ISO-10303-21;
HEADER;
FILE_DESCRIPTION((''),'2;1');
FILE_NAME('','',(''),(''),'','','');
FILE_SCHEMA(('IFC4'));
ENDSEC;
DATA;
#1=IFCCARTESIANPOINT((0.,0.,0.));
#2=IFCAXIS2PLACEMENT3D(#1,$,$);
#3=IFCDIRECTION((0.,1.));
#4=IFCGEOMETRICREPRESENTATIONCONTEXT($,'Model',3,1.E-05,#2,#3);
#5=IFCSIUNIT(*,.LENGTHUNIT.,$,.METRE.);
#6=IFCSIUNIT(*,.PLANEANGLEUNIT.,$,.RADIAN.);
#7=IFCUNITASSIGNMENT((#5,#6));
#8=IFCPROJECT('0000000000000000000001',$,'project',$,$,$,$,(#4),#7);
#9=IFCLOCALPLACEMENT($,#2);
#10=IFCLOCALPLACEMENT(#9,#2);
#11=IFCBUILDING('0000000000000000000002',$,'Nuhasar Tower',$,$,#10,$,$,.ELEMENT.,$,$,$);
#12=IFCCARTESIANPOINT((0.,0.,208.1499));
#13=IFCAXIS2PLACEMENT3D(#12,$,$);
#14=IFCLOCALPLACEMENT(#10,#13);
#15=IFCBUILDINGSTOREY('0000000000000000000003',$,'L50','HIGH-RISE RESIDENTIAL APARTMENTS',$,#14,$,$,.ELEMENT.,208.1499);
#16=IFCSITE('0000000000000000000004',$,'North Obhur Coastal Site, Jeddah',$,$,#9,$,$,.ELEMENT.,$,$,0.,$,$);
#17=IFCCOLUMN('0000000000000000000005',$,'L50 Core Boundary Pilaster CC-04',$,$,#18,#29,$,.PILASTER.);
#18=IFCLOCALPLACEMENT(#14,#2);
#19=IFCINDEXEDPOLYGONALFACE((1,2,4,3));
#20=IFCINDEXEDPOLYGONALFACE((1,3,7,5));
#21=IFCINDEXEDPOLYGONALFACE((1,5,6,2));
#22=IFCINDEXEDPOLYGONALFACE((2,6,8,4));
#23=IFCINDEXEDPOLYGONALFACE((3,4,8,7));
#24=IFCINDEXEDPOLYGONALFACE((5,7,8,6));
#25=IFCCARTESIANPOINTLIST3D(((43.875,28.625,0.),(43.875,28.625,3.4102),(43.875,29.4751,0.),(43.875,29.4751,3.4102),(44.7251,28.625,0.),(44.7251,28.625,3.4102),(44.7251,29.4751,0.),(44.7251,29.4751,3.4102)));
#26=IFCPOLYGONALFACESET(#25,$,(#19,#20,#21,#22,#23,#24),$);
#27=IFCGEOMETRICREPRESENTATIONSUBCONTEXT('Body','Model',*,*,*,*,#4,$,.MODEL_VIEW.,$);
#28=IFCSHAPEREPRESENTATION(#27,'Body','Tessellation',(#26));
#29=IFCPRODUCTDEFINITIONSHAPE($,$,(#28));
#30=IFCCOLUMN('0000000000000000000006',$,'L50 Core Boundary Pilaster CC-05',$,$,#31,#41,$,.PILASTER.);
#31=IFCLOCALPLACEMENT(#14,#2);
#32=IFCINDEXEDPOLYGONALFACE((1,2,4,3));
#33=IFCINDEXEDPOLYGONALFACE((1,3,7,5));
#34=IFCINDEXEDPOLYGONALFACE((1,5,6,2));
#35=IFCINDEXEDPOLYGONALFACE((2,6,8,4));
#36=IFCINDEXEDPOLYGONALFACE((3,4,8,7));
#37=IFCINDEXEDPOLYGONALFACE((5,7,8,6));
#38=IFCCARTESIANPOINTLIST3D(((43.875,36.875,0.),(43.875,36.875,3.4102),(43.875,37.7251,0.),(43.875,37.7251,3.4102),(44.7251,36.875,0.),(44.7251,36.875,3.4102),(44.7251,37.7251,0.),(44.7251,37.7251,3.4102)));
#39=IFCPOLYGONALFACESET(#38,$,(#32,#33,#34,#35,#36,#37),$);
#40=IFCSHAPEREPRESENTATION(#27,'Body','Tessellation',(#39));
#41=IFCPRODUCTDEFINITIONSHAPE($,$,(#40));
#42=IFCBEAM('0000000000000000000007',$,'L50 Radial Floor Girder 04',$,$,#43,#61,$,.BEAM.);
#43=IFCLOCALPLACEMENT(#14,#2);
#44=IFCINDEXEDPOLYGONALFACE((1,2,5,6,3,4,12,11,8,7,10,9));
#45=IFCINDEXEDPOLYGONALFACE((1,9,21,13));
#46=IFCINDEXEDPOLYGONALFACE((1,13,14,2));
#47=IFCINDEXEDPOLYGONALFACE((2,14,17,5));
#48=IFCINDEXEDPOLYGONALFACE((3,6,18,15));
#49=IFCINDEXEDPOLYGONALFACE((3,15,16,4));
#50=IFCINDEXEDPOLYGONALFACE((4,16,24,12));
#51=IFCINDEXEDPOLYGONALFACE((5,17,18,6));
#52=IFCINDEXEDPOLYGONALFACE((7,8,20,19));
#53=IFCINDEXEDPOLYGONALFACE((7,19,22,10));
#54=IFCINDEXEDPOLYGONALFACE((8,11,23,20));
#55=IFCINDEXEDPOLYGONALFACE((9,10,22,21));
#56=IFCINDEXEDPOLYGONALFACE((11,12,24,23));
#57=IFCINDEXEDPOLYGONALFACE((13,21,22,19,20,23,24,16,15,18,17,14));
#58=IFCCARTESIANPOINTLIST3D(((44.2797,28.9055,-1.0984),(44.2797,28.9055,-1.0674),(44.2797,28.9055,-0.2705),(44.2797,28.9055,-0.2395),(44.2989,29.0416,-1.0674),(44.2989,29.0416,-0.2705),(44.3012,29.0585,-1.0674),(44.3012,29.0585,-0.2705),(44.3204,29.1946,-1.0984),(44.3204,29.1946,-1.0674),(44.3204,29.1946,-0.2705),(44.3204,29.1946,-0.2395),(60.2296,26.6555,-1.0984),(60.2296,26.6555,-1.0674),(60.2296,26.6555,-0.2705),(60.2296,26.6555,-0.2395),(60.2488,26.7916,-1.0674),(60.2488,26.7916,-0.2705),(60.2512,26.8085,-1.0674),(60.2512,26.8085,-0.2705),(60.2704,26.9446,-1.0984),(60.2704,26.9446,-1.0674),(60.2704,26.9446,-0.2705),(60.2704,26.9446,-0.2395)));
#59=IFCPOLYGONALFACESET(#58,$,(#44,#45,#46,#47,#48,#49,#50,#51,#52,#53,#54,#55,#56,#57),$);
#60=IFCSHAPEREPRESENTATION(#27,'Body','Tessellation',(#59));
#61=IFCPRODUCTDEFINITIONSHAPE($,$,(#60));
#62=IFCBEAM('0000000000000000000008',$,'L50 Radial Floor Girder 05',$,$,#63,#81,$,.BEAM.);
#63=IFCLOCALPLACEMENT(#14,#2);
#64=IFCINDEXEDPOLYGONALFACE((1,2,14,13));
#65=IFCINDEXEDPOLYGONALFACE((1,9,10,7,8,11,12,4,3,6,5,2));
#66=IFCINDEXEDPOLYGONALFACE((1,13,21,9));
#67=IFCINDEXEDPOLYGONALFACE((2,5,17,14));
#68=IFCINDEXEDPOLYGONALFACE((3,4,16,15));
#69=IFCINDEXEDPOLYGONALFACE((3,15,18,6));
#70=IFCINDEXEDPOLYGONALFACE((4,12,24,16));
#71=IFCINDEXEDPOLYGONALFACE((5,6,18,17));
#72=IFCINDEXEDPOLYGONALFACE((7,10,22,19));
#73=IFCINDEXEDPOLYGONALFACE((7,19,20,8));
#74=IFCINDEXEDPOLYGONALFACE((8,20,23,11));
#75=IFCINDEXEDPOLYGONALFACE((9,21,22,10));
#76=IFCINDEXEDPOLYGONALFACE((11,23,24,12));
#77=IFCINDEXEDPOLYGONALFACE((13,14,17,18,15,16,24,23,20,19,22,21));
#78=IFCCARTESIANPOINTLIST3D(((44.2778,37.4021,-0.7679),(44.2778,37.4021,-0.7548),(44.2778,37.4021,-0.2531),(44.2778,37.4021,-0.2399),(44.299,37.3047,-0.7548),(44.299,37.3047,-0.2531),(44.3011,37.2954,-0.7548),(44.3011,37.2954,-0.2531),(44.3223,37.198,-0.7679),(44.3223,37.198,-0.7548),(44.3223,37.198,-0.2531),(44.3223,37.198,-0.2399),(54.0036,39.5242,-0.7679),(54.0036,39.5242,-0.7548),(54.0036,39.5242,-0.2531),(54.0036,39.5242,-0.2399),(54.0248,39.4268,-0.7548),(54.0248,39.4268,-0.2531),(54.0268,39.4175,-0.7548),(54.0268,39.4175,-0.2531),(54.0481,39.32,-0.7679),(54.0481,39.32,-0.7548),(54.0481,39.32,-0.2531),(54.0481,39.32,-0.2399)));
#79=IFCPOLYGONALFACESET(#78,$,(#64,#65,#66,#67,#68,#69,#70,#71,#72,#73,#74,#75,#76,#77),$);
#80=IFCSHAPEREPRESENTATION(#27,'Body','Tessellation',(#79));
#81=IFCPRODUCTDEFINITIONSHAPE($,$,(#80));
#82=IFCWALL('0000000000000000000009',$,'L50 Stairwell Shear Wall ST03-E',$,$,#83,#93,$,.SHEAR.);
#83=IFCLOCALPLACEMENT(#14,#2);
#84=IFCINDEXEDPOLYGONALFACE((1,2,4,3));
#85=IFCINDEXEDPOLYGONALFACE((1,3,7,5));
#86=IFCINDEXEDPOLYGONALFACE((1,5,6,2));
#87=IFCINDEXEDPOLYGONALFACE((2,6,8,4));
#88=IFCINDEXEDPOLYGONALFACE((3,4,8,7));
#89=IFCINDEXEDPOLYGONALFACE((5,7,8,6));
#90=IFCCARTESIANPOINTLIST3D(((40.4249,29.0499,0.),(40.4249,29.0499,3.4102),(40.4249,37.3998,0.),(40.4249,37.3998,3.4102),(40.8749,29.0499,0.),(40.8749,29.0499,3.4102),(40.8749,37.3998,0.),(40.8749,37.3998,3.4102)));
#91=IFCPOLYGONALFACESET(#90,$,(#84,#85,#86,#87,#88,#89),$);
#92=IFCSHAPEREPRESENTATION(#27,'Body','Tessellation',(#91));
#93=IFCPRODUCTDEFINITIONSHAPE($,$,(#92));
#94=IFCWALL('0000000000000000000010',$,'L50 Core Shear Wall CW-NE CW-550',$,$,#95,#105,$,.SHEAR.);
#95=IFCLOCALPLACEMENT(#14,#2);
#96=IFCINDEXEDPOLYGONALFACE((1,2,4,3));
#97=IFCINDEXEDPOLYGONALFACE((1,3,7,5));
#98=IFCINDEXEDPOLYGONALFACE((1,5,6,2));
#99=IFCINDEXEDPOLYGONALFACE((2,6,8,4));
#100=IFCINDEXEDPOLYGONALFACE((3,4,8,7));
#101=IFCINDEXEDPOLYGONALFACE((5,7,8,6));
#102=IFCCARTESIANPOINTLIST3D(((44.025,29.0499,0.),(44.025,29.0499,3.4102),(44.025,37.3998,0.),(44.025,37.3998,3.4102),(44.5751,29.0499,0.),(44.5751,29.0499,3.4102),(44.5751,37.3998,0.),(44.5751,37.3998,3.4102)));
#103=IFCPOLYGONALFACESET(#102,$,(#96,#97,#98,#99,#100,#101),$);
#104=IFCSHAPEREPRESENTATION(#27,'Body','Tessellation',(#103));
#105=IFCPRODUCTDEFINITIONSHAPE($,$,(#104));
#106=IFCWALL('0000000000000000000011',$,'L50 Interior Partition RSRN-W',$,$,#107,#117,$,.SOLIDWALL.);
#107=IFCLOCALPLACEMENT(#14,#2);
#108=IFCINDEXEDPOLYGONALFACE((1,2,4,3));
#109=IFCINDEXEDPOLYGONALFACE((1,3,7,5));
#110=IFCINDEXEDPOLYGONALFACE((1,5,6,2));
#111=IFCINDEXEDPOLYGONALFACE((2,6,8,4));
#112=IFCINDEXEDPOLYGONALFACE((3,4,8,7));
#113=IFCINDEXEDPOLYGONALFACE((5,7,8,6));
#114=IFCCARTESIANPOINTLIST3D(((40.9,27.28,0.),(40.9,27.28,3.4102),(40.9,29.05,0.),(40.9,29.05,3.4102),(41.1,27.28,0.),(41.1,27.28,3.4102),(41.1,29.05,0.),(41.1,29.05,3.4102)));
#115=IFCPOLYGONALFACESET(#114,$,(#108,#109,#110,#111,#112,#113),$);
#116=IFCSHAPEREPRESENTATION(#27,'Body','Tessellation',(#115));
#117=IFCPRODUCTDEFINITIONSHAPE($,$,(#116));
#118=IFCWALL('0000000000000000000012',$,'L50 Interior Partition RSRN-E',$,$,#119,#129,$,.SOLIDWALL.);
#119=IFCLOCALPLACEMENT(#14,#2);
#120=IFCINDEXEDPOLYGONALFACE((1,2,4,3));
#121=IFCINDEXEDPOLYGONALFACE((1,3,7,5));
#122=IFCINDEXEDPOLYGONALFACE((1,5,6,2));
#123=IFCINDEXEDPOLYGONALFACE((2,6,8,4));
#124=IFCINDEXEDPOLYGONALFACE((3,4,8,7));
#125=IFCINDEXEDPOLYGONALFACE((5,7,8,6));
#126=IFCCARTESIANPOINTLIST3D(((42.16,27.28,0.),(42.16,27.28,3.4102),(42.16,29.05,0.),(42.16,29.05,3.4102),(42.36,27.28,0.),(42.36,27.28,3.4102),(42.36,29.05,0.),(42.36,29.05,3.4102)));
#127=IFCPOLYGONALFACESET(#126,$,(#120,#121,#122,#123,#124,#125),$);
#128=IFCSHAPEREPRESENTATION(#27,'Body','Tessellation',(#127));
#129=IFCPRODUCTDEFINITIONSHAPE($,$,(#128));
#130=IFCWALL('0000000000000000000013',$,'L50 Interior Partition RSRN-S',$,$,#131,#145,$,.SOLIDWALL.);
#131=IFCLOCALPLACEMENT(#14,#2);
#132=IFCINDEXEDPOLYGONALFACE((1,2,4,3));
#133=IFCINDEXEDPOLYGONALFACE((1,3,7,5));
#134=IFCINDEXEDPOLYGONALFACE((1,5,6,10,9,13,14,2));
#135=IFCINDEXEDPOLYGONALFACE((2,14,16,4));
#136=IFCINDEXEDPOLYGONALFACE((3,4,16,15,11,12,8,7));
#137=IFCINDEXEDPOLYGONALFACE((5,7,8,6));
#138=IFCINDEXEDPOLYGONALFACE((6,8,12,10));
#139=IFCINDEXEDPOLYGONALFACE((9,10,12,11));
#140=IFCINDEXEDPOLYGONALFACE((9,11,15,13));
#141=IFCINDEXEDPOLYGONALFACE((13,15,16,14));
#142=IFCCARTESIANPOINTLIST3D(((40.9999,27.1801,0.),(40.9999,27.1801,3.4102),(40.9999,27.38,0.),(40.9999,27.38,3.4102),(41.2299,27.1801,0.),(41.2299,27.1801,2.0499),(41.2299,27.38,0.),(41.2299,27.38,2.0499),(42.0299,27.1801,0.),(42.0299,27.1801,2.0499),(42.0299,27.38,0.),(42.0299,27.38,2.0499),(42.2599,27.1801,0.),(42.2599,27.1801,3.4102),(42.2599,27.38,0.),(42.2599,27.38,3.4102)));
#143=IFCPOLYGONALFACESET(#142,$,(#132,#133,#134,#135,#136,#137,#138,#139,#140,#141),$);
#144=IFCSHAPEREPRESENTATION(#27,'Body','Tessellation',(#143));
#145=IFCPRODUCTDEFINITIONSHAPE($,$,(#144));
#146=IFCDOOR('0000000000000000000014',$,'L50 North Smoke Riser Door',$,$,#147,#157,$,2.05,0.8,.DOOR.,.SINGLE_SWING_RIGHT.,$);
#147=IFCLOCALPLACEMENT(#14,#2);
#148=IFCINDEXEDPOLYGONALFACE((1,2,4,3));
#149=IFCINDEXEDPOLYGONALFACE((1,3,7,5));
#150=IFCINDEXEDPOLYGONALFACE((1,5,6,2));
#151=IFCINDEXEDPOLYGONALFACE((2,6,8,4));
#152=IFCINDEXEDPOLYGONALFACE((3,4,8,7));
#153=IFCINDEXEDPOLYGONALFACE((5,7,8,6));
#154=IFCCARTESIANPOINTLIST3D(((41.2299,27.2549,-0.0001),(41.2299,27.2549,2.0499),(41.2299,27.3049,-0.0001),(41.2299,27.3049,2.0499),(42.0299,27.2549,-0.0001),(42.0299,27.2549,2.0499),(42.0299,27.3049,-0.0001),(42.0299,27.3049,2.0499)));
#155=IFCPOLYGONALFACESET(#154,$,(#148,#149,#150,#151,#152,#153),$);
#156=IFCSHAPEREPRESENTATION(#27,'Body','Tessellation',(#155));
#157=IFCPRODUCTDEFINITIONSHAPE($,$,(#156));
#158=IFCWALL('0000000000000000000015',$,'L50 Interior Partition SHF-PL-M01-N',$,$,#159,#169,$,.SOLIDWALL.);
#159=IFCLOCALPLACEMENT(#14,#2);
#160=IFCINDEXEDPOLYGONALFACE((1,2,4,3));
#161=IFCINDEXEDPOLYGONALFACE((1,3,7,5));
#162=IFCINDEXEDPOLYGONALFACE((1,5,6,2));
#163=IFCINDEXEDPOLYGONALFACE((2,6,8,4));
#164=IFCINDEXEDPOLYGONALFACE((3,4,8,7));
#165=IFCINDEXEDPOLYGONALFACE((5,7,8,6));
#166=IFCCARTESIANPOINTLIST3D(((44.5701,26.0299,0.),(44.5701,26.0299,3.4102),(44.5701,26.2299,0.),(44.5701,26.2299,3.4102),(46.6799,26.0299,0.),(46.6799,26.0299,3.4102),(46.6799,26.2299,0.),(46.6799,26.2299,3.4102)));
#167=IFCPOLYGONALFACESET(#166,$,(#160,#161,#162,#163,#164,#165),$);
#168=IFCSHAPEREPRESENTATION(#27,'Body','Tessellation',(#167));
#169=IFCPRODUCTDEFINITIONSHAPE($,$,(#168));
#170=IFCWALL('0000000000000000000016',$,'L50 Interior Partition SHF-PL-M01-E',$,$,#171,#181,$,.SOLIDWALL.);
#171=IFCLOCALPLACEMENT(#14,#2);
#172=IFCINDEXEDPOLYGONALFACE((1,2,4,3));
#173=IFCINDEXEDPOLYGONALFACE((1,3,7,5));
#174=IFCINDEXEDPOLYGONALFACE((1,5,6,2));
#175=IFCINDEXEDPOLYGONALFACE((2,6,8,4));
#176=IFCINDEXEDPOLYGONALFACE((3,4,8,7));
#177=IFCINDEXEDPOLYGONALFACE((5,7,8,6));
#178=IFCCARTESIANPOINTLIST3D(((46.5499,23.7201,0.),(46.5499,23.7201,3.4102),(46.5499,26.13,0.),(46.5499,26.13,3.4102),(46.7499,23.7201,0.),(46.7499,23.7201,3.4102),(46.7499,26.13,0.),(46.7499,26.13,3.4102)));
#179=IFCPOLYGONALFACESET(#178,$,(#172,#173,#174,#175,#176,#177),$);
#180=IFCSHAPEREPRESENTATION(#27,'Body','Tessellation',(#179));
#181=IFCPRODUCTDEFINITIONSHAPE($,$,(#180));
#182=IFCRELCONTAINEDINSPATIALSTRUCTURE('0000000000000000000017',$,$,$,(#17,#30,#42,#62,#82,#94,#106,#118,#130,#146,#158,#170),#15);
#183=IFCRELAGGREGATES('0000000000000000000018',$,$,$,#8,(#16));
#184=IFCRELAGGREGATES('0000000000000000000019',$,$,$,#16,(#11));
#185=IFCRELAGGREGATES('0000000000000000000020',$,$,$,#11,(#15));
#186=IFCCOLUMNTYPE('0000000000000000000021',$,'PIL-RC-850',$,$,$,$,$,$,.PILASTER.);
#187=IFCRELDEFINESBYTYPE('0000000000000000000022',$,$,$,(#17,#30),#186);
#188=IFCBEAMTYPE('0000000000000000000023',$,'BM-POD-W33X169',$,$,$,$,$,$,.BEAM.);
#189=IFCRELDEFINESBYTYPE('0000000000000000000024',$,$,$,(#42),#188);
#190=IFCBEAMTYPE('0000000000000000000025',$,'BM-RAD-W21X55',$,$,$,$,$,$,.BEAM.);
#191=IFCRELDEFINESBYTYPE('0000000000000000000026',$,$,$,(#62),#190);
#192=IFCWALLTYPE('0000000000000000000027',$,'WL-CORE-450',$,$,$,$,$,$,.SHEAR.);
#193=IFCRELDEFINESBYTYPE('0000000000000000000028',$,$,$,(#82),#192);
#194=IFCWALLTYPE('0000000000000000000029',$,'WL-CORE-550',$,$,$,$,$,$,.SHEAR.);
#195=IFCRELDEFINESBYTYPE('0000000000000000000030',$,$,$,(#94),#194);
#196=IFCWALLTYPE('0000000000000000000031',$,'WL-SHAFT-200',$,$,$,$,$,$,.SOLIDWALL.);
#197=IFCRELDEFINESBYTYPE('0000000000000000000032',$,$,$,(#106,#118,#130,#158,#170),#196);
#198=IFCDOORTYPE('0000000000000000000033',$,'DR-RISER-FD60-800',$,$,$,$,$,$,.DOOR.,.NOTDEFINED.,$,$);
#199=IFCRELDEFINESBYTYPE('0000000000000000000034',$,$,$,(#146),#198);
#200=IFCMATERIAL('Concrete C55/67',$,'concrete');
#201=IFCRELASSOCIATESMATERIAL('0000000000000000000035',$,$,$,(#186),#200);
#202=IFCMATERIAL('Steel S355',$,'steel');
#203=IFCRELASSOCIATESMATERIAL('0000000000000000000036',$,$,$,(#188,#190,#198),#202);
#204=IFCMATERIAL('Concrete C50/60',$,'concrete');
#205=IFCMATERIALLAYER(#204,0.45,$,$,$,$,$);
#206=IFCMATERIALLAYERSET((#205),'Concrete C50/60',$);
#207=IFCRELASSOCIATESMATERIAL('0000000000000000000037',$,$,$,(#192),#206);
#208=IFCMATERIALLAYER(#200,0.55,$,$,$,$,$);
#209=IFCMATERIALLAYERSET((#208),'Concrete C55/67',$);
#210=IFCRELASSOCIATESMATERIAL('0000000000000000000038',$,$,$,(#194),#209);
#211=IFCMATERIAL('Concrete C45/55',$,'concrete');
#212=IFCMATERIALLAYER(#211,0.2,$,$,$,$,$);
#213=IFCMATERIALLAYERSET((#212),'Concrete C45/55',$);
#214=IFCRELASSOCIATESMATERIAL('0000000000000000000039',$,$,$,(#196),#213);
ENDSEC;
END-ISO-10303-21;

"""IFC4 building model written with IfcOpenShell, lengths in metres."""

from ifc_helpers import new_model, si_unit, direction, frame, frame_2d, origin, origin_2d, place, context, subcontext, project, spatial, rectangle, i_section, extrude, material, layer, layer_set, material_profile, profile_set, type_object, element, fill, save


model = new_model("IFC4")

# Units and contexts
model_context = context("Model", 3, precision=1e-05, world=origin(), true_north=direction((0.0, 1.0)))
body_context = subcontext(model_context, "Body", "Model", "MODEL_VIEW")
ifc_project = project(units=[si_unit("LENGTHUNIT", "METRE"), si_unit("PLANEANGLEUNIT", "RADIAN")], contexts=[model_context])

# Site, building, storey
site_placement = place(None, origin())
site = spatial("IfcSite", under=ifc_project, at=site_placement, Name="North Obhur Coastal Site, Jeddah", CompositionType="ELEMENT", RefElevation=0.0)
building_placement = place(site_placement, origin())
building = spatial("IfcBuilding", under=site, at=building_placement, Name="Nuhasar Tower", CompositionType="ELEMENT")
storey_placement = place(building_placement, frame((0.0, 0.0, 208.1499)))
storey = spatial("IfcBuildingStorey", under=building, at=storey_placement, Name="L50", Description="HIGH-RISE RESIDENTIAL APARTMENTS", CompositionType="ELEMENT", Elevation=208.1499)

# Columns
ifc_material_1 = material(Name="Concrete C55/67", Category="concrete")
ifc_material_profile_1 = material_profile(ifc_material_1, rectangle(XDim=0.8501, YDim=0.8501, at=origin_2d()), Name="RC850X850")
ifc_profile_set_1 = profile_set([ifc_material_profile_1], Name="Concrete C55/67")
column_type = type_object("IfcColumnType", Name="PIL-RC-850", PredefinedType="PILASTER", material=ifc_profile_set_1)
for number, where, z_axis, x_axis, name in (
    (1, (44.3, 29.05, 0.0), (0.0, 0.0, 1.0), (1.0, 0.0, 0.0), "L50 Core Boundary Pilaster CC-04"),
    (2, (44.3, 37.3, 0.0), (0.0, 0.0, 1.0), (1.0, 0.0, 0.0), "L50 Core Boundary Pilaster CC-05"),
):
    element("IfcColumn", number, at=place(storey_placement, frame(where, z_axis=z_axis, x_axis=x_axis)), inside=storey, type_object=column_type, Name=name, PredefinedType="PILASTER", context=body_context, shape_type="SweptSolid", body=[
        extrude(rectangle(XDim=0.8501, YDim=0.8501, at=origin_2d()), origin(), (0.0, 0.0, 1.0), 3.4102),
    ])

# Beams
ifc_material_2 = material(Name="Steel S355", Category="steel")
ifc_material_profile_2 = material_profile(ifc_material_2, i_section(OverallWidth=0.292, OverallDepth=0.8589, WebThickness=0.0171, FlangeThickness=0.031, at=origin_2d()), Name="W33X169")
ifc_profile_set_2 = profile_set([ifc_material_profile_2], Name="Steel S355")
beam_type_1 = type_object("IfcBeamType", Name="BM-POD-W33X169", PredefinedType="BEAM", material=ifc_profile_set_2)
beam_1_placement = place(storey_placement, frame((44.3, 29.05, -0.6689), z_axis=(0.990196, -0.139683, 0.0), x_axis=(0.139683, 0.990196, 0.0)))
element("IfcBeam", 3, at=beam_1_placement, inside=storey, type_object=beam_type_1, Name="L50 Radial Floor Girder 04", PredefinedType="BEAM", context=body_context, shape_type="SweptSolid", body=[
    extrude(i_section(OverallWidth=0.292, OverallDepth=0.8589, WebThickness=0.0171, FlangeThickness=0.031, at=origin_2d()), origin(), (0.0, 0.0, 1.0), 16.1079),
])
ifc_material_profile_3 = material_profile(ifc_material_2, i_section(OverallWidth=0.209, OverallDepth=0.5281, WebThickness=0.0095, FlangeThickness=0.0132, at=origin_2d()), Name="W21X55")
ifc_profile_set_3 = profile_set([ifc_material_profile_3], Name="Steel S355")
beam_type_2 = type_object("IfcBeamType", Name="BM-RAD-W21X55", PredefinedType="BEAM", material=ifc_profile_set_3)
beam_2_placement = place(storey_placement, frame((44.3, 37.3, -0.5039), z_axis=(0.977014, 0.213174, 0.0), x_axis=(-0.213174, 0.977014, 0.0)))
element("IfcBeam", 4, at=beam_2_placement, inside=storey, type_object=beam_type_2, Name="L50 Radial Floor Girder 05", PredefinedType="BEAM", context=body_context, shape_type="SweptSolid", body=[
    extrude(i_section(OverallWidth=0.209, OverallDepth=0.5281, WebThickness=0.0095, FlangeThickness=0.0132, at=origin_2d()), origin(), (0.0, 0.0, 1.0), 9.9546),
])

# Shared definitions
ifc_material_3 = material(Name="Concrete C50/60", Category="concrete")
ifc_layer_1 = layer(ifc_material_3, 0.45)
ifc_layer_set_1 = layer_set([ifc_layer_1], Name="Concrete C50/60")
wall_type_1 = type_object("IfcWallType", Name="WL-CORE-450", PredefinedType="SHEAR", material=ifc_layer_set_1)

# Wall
wall_1_placement = place(storey_placement, frame((40.6499, 29.05, 0.0), z_axis=(0.0, 0.0, 1.0), x_axis=(0.0, 1.0, 0.0)))
element("IfcWall", 5, at=wall_1_placement, inside=storey, type_object=wall_type_1, Name="L50 Stairwell Shear Wall ST03-E", PredefinedType="SHEAR", context=body_context, shape_type="SweptSolid", body=[
    extrude(rectangle(XDim=8.3499, YDim=0.45, at=frame_2d((4.1748, 0.0))), origin(), (0.0, 0.0, 1.0), 3.4102),
])

# Walls
ifc_layer_2 = layer(ifc_material_1, 0.55)
ifc_layer_set_2 = layer_set([ifc_layer_2], Name="Concrete C55/67")
wall_type_2 = type_object("IfcWallType", Name="WL-CORE-550", PredefinedType="SHEAR", material=ifc_layer_set_2)
wall_2_placement = place(storey_placement, frame((44.3, 29.05, 0.0), z_axis=(0.0, 0.0, 1.0), x_axis=(0.0, 1.0, 0.0)))
element("IfcWall", 6, at=wall_2_placement, inside=storey, type_object=wall_type_2, Name="L50 Core Shear Wall CW-NE CW-550", PredefinedType="SHEAR", context=body_context, shape_type="SweptSolid", body=[
    extrude(rectangle(XDim=8.3499, YDim=0.55, at=frame_2d((4.1748, 0.0))), origin(), (0.0, 0.0, 1.0), 3.4102),
])
ifc_material_4 = material(Name="Concrete C45/55", Category="concrete")
ifc_layer_3 = layer(ifc_material_4, 0.2)
ifc_layer_set_3 = layer_set([ifc_layer_3], Name="Concrete C45/55")
wall_type_3 = type_object("IfcWallType", Name="WL-SHAFT-200", PredefinedType="SOLIDWALL", material=ifc_layer_set_3)
for number, where, z_axis, x_axis, name in (
    (7, (41.0, 27.28, 0.0), (0.0, 0.0, 1.0), (0.0, 1.0, 0.0), "L50 Interior Partition RSRN-W"),
    (8, (42.26, 27.28, 0.0), (0.0, 0.0, 1.0), (0.0, 1.0, 0.0), "L50 Interior Partition RSRN-E"),
):
    element("IfcWall", number, at=place(storey_placement, frame(where, z_axis=z_axis, x_axis=x_axis)), inside=storey, type_object=wall_type_3, Name=name, PredefinedType="SOLIDWALL", context=body_context, shape_type="SweptSolid", body=[
        extrude(rectangle(XDim=1.77, YDim=0.2, at=frame_2d((0.885, 0.0))), origin(), (0.0, 0.0, 1.0), 3.4102),
    ])

# Wall, opening, door
wall_3_placement = place(storey_placement, frame((41.0, 27.28, 0.0), z_axis=(0.0, 0.0, 1.0), x_axis=(1.0, 0.0, 0.0)))
wall_3 = element("IfcWall", 9, at=wall_3_placement, inside=storey, type_object=wall_type_3, Name="L50 Interior Partition RSRN-S", PredefinedType="SOLIDWALL", context=body_context, shape_type="SweptSolid", body=[
    extrude(rectangle(XDim=1.26, YDim=0.2, at=frame_2d((0.6299, 0.0))), origin(), (0.0, 0.0, 1.0), 3.4102),
])
opening_1_placement = place(wall_3_placement, frame((0.23, 0.0, 0.0)))
opening_1 = element("IfcOpeningElement", 10, at=opening_1_placement, cuts=wall_3, PredefinedType="OPENING", context=body_context, shape_type="SweptSolid", body=[
    extrude(rectangle(XDim=0.8, YDim=2.05, at=frame_2d((0.3999, 1.0249))), frame((0.0, 0.1099, 0.0), z_axis=(0.0, -1.0, 0.0), x_axis=(1.0, 0.0, 0.0)), (0.0, 0.0, 1.0), 0.22),
])
door_type_1 = type_object("IfcDoorType", Name="DR-RISER-FD60-800", OperationType="NOTDEFINED", PredefinedType="DOOR", material=ifc_material_2)
door_1_placement = place(opening_1_placement, origin())
door_1 = element("IfcDoor", 11, at=door_1_placement, inside=storey, type_object=door_type_1, Name="L50 North Smoke Riser Door", OperationType="SINGLE_SWING_RIGHT", OverallHeight=2.05, OverallWidth=0.8, PredefinedType="DOOR", context=body_context, shape_type="SweptSolid", body=[
    extrude(rectangle(XDim=0.8, YDim=2.05, at=frame_2d((0.3999, 1.0249))), frame((0.0, 0.0249, 0.0), z_axis=(0.0, -1.0, 0.0), x_axis=(1.0, 0.0, 0.0)), (0.0, 0.0, 1.0), 0.05),
])
fill(opening_1, door_1)

# Walls
wall_4_placement = place(storey_placement, frame((44.5701, 26.1299, 0.0), z_axis=(0.0, 0.0, 1.0), x_axis=(1.0, 0.0, 0.0)))
element("IfcWall", 12, at=wall_4_placement, inside=storey, type_object=wall_type_3, Name="L50 Interior Partition SHF-PL-M01-N", PredefinedType="SOLIDWALL", context=body_context, shape_type="SweptSolid", body=[
    extrude(rectangle(XDim=2.1099, YDim=0.2, at=frame_2d((1.0549, 0.0))), origin(), (0.0, 0.0, 1.0), 3.4102),
])
wall_5_placement = place(storey_placement, frame((46.6499, 23.72, 0.0), z_axis=(0.0, 0.0, 1.0), x_axis=(0.0, 1.0, 0.0)))
element("IfcWall", 13, at=wall_5_placement, inside=storey, type_object=wall_type_3, Name="L50 Interior Partition SHF-PL-M01-E", PredefinedType="SOLIDWALL", context=body_context, shape_type="SweptSolid", body=[
    extrude(rectangle(XDim=2.4099, YDim=0.2, at=frame_2d((1.2051, 0.0))), origin(), (0.0, 0.0, 1.0), 3.4102),
])

save(model, "model.ifc")
